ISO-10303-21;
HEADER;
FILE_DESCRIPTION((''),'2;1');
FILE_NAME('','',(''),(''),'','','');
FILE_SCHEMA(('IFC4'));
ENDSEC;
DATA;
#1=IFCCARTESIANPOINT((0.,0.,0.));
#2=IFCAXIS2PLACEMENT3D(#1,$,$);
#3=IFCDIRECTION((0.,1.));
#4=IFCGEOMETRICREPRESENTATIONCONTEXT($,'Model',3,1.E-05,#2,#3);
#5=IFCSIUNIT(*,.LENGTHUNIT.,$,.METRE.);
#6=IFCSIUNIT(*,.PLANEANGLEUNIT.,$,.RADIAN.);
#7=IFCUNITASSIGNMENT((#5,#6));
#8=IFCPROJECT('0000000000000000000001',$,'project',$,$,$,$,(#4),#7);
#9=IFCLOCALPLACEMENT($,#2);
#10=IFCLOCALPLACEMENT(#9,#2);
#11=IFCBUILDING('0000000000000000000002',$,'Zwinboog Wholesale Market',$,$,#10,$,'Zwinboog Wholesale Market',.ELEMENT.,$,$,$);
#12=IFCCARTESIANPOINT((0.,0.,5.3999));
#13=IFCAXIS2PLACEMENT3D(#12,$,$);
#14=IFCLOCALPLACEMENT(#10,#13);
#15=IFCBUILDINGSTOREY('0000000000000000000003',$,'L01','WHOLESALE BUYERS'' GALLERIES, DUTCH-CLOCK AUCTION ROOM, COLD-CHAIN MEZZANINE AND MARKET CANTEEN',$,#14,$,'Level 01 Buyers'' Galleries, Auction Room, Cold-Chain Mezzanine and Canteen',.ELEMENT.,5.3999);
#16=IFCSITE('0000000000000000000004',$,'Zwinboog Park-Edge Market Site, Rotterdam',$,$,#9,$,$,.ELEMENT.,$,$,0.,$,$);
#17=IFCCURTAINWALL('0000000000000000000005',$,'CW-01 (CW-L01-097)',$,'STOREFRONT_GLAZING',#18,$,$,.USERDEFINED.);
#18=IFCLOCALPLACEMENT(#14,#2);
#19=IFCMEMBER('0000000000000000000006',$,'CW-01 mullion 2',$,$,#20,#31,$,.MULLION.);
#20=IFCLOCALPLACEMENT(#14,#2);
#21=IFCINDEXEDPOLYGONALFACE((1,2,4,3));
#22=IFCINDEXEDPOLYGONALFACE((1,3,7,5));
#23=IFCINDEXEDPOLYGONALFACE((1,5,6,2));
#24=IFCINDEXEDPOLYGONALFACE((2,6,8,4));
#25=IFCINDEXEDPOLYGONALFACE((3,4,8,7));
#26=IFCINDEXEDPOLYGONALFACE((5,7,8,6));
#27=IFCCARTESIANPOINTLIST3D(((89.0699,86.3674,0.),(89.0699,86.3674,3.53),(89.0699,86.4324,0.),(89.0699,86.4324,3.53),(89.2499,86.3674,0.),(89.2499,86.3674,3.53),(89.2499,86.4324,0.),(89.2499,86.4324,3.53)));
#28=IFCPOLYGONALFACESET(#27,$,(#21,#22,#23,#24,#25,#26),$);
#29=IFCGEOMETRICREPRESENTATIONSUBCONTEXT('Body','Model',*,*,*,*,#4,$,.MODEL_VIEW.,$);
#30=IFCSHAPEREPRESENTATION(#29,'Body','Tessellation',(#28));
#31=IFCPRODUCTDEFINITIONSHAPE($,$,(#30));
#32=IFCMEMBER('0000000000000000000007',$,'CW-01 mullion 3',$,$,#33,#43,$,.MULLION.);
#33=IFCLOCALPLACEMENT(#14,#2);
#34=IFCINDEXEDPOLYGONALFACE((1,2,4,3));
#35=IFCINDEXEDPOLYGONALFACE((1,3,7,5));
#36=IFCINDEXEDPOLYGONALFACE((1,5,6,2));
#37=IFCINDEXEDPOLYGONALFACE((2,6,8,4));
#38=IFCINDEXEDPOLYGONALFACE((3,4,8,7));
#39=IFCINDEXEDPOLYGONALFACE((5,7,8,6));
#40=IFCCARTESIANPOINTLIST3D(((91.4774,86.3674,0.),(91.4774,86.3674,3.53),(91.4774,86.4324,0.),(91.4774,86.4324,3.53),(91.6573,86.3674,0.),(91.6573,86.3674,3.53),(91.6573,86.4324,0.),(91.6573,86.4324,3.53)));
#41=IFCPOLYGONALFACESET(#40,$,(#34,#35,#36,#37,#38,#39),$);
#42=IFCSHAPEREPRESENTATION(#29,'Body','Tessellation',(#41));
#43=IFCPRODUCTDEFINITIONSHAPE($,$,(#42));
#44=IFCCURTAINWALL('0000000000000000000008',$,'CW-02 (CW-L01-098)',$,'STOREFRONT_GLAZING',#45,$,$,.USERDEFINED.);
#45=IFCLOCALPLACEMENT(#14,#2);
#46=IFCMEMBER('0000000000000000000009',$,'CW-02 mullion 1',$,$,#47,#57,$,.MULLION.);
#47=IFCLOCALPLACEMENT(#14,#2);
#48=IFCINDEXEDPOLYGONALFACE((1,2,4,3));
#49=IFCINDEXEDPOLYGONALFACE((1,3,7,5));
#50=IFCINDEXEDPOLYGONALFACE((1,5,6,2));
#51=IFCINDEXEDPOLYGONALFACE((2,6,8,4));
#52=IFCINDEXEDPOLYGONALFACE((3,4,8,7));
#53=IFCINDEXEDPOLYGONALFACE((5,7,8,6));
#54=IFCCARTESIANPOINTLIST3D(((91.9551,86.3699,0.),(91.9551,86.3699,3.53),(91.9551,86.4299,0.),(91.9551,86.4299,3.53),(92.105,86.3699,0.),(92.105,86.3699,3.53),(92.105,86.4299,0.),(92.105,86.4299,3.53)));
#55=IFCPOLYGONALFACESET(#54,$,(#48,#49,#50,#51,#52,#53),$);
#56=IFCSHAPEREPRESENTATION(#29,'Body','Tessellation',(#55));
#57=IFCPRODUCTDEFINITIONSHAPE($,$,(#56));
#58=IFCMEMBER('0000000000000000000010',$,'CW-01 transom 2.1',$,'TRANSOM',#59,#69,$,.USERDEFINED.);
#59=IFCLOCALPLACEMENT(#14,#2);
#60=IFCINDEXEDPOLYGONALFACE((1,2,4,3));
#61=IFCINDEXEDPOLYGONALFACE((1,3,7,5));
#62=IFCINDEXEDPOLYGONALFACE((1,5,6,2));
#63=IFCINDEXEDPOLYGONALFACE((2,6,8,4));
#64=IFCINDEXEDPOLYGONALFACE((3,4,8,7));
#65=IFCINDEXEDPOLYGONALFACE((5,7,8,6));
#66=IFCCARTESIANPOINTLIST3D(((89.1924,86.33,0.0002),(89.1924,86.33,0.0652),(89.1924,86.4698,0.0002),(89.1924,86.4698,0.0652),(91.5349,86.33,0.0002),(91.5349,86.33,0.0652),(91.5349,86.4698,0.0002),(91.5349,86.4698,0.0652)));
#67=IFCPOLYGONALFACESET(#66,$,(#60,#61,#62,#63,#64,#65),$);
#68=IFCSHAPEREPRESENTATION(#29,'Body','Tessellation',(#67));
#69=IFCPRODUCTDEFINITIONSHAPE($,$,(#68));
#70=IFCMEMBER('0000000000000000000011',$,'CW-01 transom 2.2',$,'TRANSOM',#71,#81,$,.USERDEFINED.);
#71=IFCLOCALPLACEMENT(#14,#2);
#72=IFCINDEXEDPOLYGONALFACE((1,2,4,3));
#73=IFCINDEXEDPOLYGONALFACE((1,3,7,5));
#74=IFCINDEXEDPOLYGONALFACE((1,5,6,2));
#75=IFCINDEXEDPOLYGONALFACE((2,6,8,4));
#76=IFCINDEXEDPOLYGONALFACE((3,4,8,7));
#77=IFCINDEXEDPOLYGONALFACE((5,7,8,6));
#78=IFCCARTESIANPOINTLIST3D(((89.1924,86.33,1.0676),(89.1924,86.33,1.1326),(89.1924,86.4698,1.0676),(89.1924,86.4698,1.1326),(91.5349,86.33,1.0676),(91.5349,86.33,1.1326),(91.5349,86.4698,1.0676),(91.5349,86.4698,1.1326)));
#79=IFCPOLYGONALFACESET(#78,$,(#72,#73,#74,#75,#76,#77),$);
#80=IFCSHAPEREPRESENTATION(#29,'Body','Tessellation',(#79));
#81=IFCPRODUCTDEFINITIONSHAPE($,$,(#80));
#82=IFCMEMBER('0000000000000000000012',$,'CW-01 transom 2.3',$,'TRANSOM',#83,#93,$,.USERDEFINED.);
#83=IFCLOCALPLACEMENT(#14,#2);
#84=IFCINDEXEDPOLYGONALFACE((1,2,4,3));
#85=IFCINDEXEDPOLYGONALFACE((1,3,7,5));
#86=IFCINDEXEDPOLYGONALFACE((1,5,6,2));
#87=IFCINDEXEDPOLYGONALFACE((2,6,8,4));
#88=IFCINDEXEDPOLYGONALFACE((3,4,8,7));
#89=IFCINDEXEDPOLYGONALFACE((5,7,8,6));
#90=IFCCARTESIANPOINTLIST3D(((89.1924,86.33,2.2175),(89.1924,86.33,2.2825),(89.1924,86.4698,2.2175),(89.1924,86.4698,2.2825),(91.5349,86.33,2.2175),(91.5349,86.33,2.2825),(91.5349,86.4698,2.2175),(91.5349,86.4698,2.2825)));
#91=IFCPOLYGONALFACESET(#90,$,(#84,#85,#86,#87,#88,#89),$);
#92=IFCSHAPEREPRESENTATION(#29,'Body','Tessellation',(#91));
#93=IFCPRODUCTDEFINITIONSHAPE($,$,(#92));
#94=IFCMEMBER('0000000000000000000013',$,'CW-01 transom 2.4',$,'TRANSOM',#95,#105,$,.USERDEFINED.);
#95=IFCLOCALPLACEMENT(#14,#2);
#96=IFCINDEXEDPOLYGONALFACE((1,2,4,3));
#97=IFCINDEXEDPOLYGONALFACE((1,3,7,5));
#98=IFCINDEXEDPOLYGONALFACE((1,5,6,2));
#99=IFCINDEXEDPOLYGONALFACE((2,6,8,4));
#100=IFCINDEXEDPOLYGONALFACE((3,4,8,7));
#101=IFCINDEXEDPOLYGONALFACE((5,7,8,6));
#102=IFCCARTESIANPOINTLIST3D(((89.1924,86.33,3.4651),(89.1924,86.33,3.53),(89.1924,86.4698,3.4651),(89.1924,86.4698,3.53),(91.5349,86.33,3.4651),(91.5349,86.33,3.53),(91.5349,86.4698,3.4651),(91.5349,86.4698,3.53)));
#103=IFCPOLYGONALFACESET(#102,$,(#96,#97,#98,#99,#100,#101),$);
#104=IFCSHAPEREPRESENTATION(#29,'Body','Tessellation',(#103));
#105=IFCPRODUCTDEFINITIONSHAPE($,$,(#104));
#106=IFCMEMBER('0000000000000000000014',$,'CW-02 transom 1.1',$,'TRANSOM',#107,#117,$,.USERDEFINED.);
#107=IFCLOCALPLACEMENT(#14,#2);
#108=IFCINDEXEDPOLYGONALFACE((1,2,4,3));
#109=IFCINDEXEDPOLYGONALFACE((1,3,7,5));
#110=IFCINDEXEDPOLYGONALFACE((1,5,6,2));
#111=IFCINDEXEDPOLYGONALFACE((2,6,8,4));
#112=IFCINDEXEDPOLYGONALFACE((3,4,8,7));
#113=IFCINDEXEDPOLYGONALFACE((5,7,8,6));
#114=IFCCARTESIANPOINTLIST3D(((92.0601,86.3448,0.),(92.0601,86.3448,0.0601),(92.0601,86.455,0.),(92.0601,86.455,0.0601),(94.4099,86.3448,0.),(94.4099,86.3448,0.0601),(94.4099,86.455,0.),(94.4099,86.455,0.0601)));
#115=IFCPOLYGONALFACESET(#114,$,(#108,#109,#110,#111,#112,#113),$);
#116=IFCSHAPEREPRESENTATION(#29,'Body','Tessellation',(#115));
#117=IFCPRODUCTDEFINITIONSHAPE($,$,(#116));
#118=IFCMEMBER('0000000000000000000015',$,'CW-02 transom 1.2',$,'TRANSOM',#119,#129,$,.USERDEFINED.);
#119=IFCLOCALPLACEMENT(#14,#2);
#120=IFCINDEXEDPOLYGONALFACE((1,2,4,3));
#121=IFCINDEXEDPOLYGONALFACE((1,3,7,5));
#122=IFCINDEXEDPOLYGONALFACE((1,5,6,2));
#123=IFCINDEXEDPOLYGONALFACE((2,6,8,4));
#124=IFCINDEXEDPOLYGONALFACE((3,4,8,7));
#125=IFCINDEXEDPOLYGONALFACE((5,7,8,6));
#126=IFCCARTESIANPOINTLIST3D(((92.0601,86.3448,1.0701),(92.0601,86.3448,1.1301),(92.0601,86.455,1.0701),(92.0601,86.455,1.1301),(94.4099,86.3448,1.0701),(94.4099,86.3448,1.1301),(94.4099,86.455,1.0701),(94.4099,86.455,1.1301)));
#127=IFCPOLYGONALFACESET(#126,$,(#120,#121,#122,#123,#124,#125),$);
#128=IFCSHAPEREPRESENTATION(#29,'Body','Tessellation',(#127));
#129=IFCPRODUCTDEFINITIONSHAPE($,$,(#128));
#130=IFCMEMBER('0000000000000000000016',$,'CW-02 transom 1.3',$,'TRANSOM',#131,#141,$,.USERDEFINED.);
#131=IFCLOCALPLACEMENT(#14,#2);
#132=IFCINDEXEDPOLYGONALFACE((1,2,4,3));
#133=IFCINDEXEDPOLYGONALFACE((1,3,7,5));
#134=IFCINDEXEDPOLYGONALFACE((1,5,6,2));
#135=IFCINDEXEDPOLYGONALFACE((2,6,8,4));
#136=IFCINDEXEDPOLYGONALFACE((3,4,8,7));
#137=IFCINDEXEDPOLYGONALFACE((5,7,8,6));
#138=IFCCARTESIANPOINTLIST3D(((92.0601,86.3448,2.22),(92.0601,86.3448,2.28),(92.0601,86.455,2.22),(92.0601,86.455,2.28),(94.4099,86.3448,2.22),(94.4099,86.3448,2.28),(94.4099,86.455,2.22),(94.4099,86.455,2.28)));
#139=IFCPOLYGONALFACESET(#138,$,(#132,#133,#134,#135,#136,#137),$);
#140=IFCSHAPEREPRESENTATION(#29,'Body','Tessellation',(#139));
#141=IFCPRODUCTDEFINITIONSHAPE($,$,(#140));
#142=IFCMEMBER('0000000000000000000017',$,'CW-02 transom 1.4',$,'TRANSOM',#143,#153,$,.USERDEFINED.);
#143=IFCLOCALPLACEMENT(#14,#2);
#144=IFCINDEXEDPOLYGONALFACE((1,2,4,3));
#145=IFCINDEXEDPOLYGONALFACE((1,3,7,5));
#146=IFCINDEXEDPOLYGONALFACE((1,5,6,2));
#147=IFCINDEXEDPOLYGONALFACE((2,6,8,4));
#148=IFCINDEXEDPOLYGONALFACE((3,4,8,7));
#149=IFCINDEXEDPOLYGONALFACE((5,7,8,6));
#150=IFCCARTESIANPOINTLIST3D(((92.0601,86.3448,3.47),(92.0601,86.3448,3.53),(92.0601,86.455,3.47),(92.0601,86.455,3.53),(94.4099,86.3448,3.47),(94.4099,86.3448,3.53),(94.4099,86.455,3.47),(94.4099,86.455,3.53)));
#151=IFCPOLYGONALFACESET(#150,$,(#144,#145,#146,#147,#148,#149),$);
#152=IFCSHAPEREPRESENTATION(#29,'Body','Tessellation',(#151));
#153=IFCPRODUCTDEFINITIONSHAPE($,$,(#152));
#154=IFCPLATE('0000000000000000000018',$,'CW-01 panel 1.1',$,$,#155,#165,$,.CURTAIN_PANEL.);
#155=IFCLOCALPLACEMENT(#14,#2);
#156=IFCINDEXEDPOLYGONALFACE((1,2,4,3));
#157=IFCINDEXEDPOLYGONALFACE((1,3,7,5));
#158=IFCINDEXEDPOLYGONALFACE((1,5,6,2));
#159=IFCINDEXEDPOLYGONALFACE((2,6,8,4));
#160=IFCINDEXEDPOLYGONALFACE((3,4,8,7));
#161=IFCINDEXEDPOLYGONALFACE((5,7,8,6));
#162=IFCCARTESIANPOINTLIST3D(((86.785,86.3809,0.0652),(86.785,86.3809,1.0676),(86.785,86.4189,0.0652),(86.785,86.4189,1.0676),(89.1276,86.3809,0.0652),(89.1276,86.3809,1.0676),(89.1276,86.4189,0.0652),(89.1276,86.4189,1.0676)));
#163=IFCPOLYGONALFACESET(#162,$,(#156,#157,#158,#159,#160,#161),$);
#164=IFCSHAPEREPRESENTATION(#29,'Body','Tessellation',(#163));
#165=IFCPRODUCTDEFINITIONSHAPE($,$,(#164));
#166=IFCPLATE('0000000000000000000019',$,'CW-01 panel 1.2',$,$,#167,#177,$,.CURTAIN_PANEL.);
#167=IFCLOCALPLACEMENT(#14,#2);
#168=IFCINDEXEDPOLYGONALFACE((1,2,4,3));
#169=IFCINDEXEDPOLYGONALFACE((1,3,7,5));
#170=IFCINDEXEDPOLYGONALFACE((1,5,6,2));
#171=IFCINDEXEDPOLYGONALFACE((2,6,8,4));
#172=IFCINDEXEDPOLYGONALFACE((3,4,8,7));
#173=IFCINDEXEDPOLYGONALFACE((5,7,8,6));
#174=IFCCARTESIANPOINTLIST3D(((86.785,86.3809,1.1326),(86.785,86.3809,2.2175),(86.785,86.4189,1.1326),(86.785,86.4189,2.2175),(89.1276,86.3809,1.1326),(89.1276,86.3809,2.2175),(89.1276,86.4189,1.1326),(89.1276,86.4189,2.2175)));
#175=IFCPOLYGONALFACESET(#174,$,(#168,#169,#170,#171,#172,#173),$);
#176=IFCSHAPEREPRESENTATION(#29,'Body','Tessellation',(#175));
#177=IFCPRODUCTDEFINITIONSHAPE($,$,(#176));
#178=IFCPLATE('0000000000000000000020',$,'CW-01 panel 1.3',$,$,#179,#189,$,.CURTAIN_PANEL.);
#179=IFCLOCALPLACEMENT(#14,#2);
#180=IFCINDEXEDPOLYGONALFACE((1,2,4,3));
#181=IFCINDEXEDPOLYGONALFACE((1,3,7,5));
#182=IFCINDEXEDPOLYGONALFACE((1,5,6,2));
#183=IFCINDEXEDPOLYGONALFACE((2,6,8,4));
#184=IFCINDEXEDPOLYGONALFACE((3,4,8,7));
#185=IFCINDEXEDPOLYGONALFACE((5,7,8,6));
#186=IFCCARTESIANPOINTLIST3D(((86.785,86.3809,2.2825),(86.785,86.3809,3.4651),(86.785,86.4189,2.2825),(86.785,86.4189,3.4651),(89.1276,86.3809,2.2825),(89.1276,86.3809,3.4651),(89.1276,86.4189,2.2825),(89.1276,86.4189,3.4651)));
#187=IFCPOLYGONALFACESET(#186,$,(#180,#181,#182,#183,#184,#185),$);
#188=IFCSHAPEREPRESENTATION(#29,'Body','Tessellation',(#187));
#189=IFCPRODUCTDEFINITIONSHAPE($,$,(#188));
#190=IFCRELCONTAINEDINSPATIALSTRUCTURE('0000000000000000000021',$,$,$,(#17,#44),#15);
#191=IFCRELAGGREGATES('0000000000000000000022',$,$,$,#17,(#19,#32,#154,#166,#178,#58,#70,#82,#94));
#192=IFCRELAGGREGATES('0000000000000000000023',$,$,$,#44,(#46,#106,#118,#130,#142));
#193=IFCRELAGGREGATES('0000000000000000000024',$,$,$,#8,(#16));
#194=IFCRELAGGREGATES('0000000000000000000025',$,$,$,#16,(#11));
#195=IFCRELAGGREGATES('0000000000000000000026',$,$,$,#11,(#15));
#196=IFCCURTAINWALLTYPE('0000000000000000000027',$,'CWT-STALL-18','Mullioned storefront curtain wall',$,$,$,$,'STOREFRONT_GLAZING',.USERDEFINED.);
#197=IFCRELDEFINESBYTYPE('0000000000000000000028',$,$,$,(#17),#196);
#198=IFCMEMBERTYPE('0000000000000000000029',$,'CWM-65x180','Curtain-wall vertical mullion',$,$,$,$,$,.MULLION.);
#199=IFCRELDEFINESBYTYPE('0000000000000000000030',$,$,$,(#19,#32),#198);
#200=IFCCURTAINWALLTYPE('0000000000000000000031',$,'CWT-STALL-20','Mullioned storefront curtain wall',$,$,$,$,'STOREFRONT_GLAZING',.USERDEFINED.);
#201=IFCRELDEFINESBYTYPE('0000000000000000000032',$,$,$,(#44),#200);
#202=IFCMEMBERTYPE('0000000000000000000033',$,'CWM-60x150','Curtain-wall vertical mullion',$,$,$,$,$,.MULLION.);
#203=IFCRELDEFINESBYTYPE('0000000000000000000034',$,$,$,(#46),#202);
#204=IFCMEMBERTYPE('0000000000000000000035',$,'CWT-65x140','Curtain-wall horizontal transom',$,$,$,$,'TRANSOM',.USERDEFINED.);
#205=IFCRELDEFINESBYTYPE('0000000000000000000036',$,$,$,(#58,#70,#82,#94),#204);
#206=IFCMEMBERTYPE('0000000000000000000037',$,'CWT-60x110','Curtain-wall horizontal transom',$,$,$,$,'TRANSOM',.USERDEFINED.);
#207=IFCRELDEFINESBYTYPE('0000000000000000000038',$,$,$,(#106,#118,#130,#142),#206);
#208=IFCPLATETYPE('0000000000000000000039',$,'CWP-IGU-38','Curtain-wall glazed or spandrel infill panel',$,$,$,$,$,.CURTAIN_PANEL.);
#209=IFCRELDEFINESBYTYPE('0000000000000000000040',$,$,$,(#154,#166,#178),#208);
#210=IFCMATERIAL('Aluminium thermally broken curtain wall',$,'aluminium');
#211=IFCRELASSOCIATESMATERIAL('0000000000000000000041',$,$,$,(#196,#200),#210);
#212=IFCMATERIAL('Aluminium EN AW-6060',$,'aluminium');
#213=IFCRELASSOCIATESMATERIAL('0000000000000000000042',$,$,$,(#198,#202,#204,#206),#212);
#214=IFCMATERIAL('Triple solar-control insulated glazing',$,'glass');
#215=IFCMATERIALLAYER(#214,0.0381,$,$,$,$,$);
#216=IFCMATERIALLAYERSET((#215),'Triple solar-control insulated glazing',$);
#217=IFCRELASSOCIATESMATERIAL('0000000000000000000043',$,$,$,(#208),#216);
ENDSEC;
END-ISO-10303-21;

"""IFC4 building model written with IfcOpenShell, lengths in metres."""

from ifc_helpers import new_model, si_unit, direction, frame, origin, origin_2d, place, context, subcontext, project, spatial, rectangle, extrude, material, layer, layer_set, material_profile, profile_set, type_object, element, aggregate, save


model = new_model("IFC4")

# Units and contexts
model_context = context("Model", 3, precision=1e-05, world=origin(), true_north=direction((0.0, 1.0)))
body_context = subcontext(model_context, "Body", "Model", "MODEL_VIEW")
ifc_project = project(units=[si_unit("LENGTHUNIT", "METRE"), si_unit("PLANEANGLEUNIT", "RADIAN")], contexts=[model_context])

# Site, building, storey
site_placement = place(None, origin())
site = spatial("IfcSite", under=ifc_project, at=site_placement, Name="Zwinboog Park-Edge Market Site, Rotterdam", CompositionType="ELEMENT", RefElevation=0.0)
building_placement = place(site_placement, origin())
building = spatial("IfcBuilding", under=site, at=building_placement, Name="Zwinboog Wholesale Market", LongName="Zwinboog Wholesale Market", CompositionType="ELEMENT")
storey_placement = place(building_placement, frame((0.0, 0.0, 5.3999)))
storey = spatial("IfcBuildingStorey", under=building, at=storey_placement, Name="L01", Description="WHOLESALE BUYERS' GALLERIES, DUTCH-CLOCK AUCTION ROOM, COLD-CHAIN MEZZANINE AND MARKET CANTEEN", LongName="Level 01 Buyers' Galleries, Auction Room, Cold-Chain Mezzanine and Canteen", CompositionType="ELEMENT", Elevation=5.3999)

# Curtain wall, members
ifc_material_1 = material(Name="Aluminium thermally broken curtain wall", Category="aluminium")
curtain_wall_type_1 = type_object("IfcCurtainWallType", Name="CWT-STALL-18", Description="Mullioned storefront curtain wall", ElementType="STOREFRONT_GLAZING", PredefinedType="USERDEFINED", material=ifc_material_1)
curtain_wall_1_placement = place(storey_placement, origin())
curtain_wall_1 = element("IfcCurtainWall", 1, at=curtain_wall_1_placement, inside=storey, type_object=curtain_wall_type_1, Name="CW-01 (CW-L01-097)", ObjectType="STOREFRONT_GLAZING", PredefinedType="USERDEFINED")
ifc_material_2 = material(Name="Aluminium EN AW-6060", Category="aluminium")
ifc_material_profile_1 = material_profile(ifc_material_2, rectangle(XDim=0.0649, YDim=0.1799, at=origin_2d()), Name="AL 65x180")
ifc_profile_set_1 = profile_set([ifc_material_profile_1], Name="Aluminium EN AW-6060")
member_type_1 = type_object("IfcMemberType", Name="CWM-65x180", Description="Curtain-wall vertical mullion", PredefinedType="MULLION", material=ifc_profile_set_1)
member_1_placement = place(storey_placement, frame((89.1599, 86.3999, 0.0), z_axis=(0.0, 0.0, 1.0), x_axis=(0.0, 1.0, 0.0)))
member_1 = element("IfcMember", 2, at=member_1_placement, type_object=member_type_1, Name="CW-01 mullion 2", PredefinedType="MULLION", context=body_context, shape_type="SweptSolid", body=[
    extrude(rectangle(XDim=0.0649, YDim=0.1799, at=origin_2d()), origin(), (0.0, 0.0, 1.0), 3.53),
])
member_2_placement = place(storey_placement, frame((91.5674, 86.3999, 0.0), z_axis=(0.0, 0.0, 1.0), x_axis=(0.0, 1.0, 0.0)))
member_2 = element("IfcMember", 3, at=member_2_placement, type_object=member_type_1, Name="CW-01 mullion 3", PredefinedType="MULLION", context=body_context, shape_type="SweptSolid", body=[
    extrude(rectangle(XDim=0.0649, YDim=0.1799, at=origin_2d()), origin(), (0.0, 0.0, 1.0), 3.53),
])

# Curtain wall, member
curtain_wall_type_2 = type_object("IfcCurtainWallType", Name="CWT-STALL-20", Description="Mullioned storefront curtain wall", ElementType="STOREFRONT_GLAZING", PredefinedType="USERDEFINED", material=ifc_material_1)
curtain_wall_2_placement = place(storey_placement, origin())
curtain_wall_2 = element("IfcCurtainWall", 4, at=curtain_wall_2_placement, inside=storey, type_object=curtain_wall_type_2, Name="CW-02 (CW-L01-098)", ObjectType="STOREFRONT_GLAZING", PredefinedType="USERDEFINED")
ifc_material_profile_2 = material_profile(ifc_material_2, rectangle(XDim=0.0601, YDim=0.1499, at=origin_2d()), Name="AL 60x150")
ifc_profile_set_2 = profile_set([ifc_material_profile_2], Name="Aluminium EN AW-6060")
member_type_2 = type_object("IfcMemberType", Name="CWM-60x150", Description="Curtain-wall vertical mullion", PredefinedType="MULLION", material=ifc_profile_set_2)
member_3_placement = place(storey_placement, frame((92.03, 86.3999, 0.0), z_axis=(0.0, 0.0, 1.0), x_axis=(0.0, 1.0, 0.0)))
member_3 = element("IfcMember", 5, at=member_3_placement, type_object=member_type_2, Name="CW-02 mullion 1", PredefinedType="MULLION", context=body_context, shape_type="SweptSolid", body=[
    extrude(rectangle(XDim=0.0601, YDim=0.1499, at=origin_2d()), origin(), (0.0, 0.0, 1.0), 3.53),
])

# Members
ifc_material_profile_3 = material_profile(ifc_material_2, rectangle(XDim=0.1399, YDim=0.0649, at=origin_2d()), Name="AL 65x140")
ifc_profile_set_3 = profile_set([ifc_material_profile_3], Name="Aluminium EN AW-6060")
member_type_3 = type_object("IfcMemberType", Name="CWT-65x140", Description="Curtain-wall horizontal transom", ElementType="TRANSOM", PredefinedType="USERDEFINED", material=ifc_profile_set_3)
member_4_placement = place(storey_placement, frame((89.1924, 86.3999, 0.0327), z_axis=(1.0, 0.0, 0.0), x_axis=(0.0, 1.0, 0.0)))
member_4 = element("IfcMember", 6, at=member_4_placement, type_object=member_type_3, Name="CW-01 transom 2.1", ObjectType="TRANSOM", PredefinedType="USERDEFINED", context=body_context, shape_type="SweptSolid", body=[
    extrude(rectangle(XDim=0.1399, YDim=0.0649, at=origin_2d()), origin(), (0.0, 0.0, 1.0), 2.3425),
])
member_5_placement = place(storey_placement, frame((89.1924, 86.3999, 1.1001), z_axis=(1.0, 0.0, 0.0), x_axis=(0.0, 1.0, 0.0)))
member_5 = element("IfcMember", 7, at=member_5_placement, type_object=member_type_3, Name="CW-01 transom 2.2", ObjectType="TRANSOM", PredefinedType="USERDEFINED", context=body_context, shape_type="SweptSolid", body=[
    extrude(rectangle(XDim=0.1399, YDim=0.0649, at=origin_2d()), origin(), (0.0, 0.0, 1.0), 2.3425),
])
member_6_placement = place(storey_placement, frame((89.1924, 86.3999, 2.25), z_axis=(1.0, 0.0, 0.0), x_axis=(0.0, 1.0, 0.0)))
member_6 = element("IfcMember", 8, at=member_6_placement, type_object=member_type_3, Name="CW-01 transom 2.3", ObjectType="TRANSOM", PredefinedType="USERDEFINED", context=body_context, shape_type="SweptSolid", body=[
    extrude(rectangle(XDim=0.1399, YDim=0.0649, at=origin_2d()), origin(), (0.0, 0.0, 1.0), 2.3425),
])
member_7_placement = place(storey_placement, frame((89.1924, 86.3999, 3.4976), z_axis=(1.0, 0.0, 0.0), x_axis=(0.0, 1.0, 0.0)))
member_7 = element("IfcMember", 9, at=member_7_placement, type_object=member_type_3, Name="CW-01 transom 2.4", ObjectType="TRANSOM", PredefinedType="USERDEFINED", context=body_context, shape_type="SweptSolid", body=[
    extrude(rectangle(XDim=0.1399, YDim=0.0649, at=origin_2d()), origin(), (0.0, 0.0, 1.0), 2.3425),
])
ifc_material_profile_4 = material_profile(ifc_material_2, rectangle(XDim=0.1101, YDim=0.0601, at=origin_2d()), Name="AL 60x110")
ifc_profile_set_4 = profile_set([ifc_material_profile_4], Name="Aluminium EN AW-6060")
member_type_4 = type_object("IfcMemberType", Name="CWT-60x110", Description="Curtain-wall horizontal transom", ElementType="TRANSOM", PredefinedType="USERDEFINED", material=ifc_profile_set_4)
member_8_placement = place(storey_placement, frame((92.0601, 86.3999, 0.03), z_axis=(1.0, 0.0, 0.0), x_axis=(0.0, 1.0, 0.0)))
member_8 = element("IfcMember", 10, at=member_8_placement, type_object=member_type_4, Name="CW-02 transom 1.1", ObjectType="TRANSOM", PredefinedType="USERDEFINED", context=body_context, shape_type="SweptSolid", body=[
    extrude(rectangle(XDim=0.1101, YDim=0.0601, at=origin_2d()), origin(), (0.0, 0.0, 1.0), 2.3499),
])
member_9_placement = place(storey_placement, frame((92.0601, 86.3999, 1.1001), z_axis=(1.0, 0.0, 0.0), x_axis=(0.0, 1.0, 0.0)))
member_9 = element("IfcMember", 11, at=member_9_placement, type_object=member_type_4, Name="CW-02 transom 1.2", ObjectType="TRANSOM", PredefinedType="USERDEFINED", context=body_context, shape_type="SweptSolid", body=[
    extrude(rectangle(XDim=0.1101, YDim=0.0601, at=origin_2d()), origin(), (0.0, 0.0, 1.0), 2.3499),
])
member_10_placement = place(storey_placement, frame((92.0601, 86.3999, 2.25), z_axis=(1.0, 0.0, 0.0), x_axis=(0.0, 1.0, 0.0)))
member_10 = element("IfcMember", 12, at=member_10_placement, type_object=member_type_4, Name="CW-02 transom 1.3", ObjectType="TRANSOM", PredefinedType="USERDEFINED", context=body_context, shape_type="SweptSolid", body=[
    extrude(rectangle(XDim=0.1101, YDim=0.0601, at=origin_2d()), origin(), (0.0, 0.0, 1.0), 2.3499),
])
member_11_placement = place(storey_placement, frame((92.0601, 86.3999, 3.5), z_axis=(1.0, 0.0, 0.0), x_axis=(0.0, 1.0, 0.0)))
member_11 = element("IfcMember", 13, at=member_11_placement, type_object=member_type_4, Name="CW-02 transom 1.4", ObjectType="TRANSOM", PredefinedType="USERDEFINED", context=body_context, shape_type="SweptSolid", body=[
    extrude(rectangle(XDim=0.1101, YDim=0.0601, at=origin_2d()), origin(), (0.0, 0.0, 1.0), 2.3499),
])

# Plates
ifc_material_3 = material(Name="Triple solar-control insulated glazing", Category="glass")
ifc_layer_1 = layer(ifc_material_3, 0.0381)
ifc_layer_set_1 = layer_set([ifc_layer_1], Name="Triple solar-control insulated glazing")
plate_type = type_object("IfcPlateType", Name="CWP-IGU-38", Description="Curtain-wall glazed or spandrel infill panel", PredefinedType="CURTAIN_PANEL", material=ifc_layer_set_1)
plate_1_placement = place(storey_placement, frame((87.9563, 86.3999, 0.0652), z_axis=(0.0, 0.0, 1.0), x_axis=(1.0, 0.0, 0.0)))
plate_1 = element("IfcPlate", 14, at=plate_1_placement, type_object=plate_type, Name="CW-01 panel 1.1", PredefinedType="CURTAIN_PANEL", context=body_context, shape_type="SweptSolid", body=[
    extrude(rectangle(XDim=2.3425, YDim=0.0381, at=origin_2d()), origin(), (0.0, 0.0, 1.0), 1.0024),
])
plate_2_placement = place(storey_placement, frame((87.9563, 86.3999, 1.1326), z_axis=(0.0, 0.0, 1.0), x_axis=(1.0, 0.0, 0.0)))
plate_2 = element("IfcPlate", 15, at=plate_2_placement, type_object=plate_type, Name="CW-01 panel 1.2", PredefinedType="CURTAIN_PANEL", context=body_context, shape_type="SweptSolid", body=[
    extrude(rectangle(XDim=2.3425, YDim=0.0381, at=origin_2d()), origin(), (0.0, 0.0, 1.0), 1.085),
])
plate_3_placement = place(storey_placement, frame((87.9563, 86.3999, 2.2825), z_axis=(0.0, 0.0, 1.0), x_axis=(1.0, 0.0, 0.0)))
plate_3 = element("IfcPlate", 16, at=plate_3_placement, type_object=plate_type, Name="CW-01 panel 1.3", PredefinedType="CURTAIN_PANEL", context=body_context, shape_type="SweptSolid", body=[
    extrude(rectangle(XDim=2.3425, YDim=0.0381, at=origin_2d()), origin(), (0.0, 0.0, 1.0), 1.1826),
])
aggregate(curtain_wall_1, [member_1, member_2, plate_1, plate_2, plate_3, member_4, member_5, member_6, member_7])
aggregate(curtain_wall_2, [member_3, member_8, member_9, member_10, member_11])

save(model, "model.ifc")
